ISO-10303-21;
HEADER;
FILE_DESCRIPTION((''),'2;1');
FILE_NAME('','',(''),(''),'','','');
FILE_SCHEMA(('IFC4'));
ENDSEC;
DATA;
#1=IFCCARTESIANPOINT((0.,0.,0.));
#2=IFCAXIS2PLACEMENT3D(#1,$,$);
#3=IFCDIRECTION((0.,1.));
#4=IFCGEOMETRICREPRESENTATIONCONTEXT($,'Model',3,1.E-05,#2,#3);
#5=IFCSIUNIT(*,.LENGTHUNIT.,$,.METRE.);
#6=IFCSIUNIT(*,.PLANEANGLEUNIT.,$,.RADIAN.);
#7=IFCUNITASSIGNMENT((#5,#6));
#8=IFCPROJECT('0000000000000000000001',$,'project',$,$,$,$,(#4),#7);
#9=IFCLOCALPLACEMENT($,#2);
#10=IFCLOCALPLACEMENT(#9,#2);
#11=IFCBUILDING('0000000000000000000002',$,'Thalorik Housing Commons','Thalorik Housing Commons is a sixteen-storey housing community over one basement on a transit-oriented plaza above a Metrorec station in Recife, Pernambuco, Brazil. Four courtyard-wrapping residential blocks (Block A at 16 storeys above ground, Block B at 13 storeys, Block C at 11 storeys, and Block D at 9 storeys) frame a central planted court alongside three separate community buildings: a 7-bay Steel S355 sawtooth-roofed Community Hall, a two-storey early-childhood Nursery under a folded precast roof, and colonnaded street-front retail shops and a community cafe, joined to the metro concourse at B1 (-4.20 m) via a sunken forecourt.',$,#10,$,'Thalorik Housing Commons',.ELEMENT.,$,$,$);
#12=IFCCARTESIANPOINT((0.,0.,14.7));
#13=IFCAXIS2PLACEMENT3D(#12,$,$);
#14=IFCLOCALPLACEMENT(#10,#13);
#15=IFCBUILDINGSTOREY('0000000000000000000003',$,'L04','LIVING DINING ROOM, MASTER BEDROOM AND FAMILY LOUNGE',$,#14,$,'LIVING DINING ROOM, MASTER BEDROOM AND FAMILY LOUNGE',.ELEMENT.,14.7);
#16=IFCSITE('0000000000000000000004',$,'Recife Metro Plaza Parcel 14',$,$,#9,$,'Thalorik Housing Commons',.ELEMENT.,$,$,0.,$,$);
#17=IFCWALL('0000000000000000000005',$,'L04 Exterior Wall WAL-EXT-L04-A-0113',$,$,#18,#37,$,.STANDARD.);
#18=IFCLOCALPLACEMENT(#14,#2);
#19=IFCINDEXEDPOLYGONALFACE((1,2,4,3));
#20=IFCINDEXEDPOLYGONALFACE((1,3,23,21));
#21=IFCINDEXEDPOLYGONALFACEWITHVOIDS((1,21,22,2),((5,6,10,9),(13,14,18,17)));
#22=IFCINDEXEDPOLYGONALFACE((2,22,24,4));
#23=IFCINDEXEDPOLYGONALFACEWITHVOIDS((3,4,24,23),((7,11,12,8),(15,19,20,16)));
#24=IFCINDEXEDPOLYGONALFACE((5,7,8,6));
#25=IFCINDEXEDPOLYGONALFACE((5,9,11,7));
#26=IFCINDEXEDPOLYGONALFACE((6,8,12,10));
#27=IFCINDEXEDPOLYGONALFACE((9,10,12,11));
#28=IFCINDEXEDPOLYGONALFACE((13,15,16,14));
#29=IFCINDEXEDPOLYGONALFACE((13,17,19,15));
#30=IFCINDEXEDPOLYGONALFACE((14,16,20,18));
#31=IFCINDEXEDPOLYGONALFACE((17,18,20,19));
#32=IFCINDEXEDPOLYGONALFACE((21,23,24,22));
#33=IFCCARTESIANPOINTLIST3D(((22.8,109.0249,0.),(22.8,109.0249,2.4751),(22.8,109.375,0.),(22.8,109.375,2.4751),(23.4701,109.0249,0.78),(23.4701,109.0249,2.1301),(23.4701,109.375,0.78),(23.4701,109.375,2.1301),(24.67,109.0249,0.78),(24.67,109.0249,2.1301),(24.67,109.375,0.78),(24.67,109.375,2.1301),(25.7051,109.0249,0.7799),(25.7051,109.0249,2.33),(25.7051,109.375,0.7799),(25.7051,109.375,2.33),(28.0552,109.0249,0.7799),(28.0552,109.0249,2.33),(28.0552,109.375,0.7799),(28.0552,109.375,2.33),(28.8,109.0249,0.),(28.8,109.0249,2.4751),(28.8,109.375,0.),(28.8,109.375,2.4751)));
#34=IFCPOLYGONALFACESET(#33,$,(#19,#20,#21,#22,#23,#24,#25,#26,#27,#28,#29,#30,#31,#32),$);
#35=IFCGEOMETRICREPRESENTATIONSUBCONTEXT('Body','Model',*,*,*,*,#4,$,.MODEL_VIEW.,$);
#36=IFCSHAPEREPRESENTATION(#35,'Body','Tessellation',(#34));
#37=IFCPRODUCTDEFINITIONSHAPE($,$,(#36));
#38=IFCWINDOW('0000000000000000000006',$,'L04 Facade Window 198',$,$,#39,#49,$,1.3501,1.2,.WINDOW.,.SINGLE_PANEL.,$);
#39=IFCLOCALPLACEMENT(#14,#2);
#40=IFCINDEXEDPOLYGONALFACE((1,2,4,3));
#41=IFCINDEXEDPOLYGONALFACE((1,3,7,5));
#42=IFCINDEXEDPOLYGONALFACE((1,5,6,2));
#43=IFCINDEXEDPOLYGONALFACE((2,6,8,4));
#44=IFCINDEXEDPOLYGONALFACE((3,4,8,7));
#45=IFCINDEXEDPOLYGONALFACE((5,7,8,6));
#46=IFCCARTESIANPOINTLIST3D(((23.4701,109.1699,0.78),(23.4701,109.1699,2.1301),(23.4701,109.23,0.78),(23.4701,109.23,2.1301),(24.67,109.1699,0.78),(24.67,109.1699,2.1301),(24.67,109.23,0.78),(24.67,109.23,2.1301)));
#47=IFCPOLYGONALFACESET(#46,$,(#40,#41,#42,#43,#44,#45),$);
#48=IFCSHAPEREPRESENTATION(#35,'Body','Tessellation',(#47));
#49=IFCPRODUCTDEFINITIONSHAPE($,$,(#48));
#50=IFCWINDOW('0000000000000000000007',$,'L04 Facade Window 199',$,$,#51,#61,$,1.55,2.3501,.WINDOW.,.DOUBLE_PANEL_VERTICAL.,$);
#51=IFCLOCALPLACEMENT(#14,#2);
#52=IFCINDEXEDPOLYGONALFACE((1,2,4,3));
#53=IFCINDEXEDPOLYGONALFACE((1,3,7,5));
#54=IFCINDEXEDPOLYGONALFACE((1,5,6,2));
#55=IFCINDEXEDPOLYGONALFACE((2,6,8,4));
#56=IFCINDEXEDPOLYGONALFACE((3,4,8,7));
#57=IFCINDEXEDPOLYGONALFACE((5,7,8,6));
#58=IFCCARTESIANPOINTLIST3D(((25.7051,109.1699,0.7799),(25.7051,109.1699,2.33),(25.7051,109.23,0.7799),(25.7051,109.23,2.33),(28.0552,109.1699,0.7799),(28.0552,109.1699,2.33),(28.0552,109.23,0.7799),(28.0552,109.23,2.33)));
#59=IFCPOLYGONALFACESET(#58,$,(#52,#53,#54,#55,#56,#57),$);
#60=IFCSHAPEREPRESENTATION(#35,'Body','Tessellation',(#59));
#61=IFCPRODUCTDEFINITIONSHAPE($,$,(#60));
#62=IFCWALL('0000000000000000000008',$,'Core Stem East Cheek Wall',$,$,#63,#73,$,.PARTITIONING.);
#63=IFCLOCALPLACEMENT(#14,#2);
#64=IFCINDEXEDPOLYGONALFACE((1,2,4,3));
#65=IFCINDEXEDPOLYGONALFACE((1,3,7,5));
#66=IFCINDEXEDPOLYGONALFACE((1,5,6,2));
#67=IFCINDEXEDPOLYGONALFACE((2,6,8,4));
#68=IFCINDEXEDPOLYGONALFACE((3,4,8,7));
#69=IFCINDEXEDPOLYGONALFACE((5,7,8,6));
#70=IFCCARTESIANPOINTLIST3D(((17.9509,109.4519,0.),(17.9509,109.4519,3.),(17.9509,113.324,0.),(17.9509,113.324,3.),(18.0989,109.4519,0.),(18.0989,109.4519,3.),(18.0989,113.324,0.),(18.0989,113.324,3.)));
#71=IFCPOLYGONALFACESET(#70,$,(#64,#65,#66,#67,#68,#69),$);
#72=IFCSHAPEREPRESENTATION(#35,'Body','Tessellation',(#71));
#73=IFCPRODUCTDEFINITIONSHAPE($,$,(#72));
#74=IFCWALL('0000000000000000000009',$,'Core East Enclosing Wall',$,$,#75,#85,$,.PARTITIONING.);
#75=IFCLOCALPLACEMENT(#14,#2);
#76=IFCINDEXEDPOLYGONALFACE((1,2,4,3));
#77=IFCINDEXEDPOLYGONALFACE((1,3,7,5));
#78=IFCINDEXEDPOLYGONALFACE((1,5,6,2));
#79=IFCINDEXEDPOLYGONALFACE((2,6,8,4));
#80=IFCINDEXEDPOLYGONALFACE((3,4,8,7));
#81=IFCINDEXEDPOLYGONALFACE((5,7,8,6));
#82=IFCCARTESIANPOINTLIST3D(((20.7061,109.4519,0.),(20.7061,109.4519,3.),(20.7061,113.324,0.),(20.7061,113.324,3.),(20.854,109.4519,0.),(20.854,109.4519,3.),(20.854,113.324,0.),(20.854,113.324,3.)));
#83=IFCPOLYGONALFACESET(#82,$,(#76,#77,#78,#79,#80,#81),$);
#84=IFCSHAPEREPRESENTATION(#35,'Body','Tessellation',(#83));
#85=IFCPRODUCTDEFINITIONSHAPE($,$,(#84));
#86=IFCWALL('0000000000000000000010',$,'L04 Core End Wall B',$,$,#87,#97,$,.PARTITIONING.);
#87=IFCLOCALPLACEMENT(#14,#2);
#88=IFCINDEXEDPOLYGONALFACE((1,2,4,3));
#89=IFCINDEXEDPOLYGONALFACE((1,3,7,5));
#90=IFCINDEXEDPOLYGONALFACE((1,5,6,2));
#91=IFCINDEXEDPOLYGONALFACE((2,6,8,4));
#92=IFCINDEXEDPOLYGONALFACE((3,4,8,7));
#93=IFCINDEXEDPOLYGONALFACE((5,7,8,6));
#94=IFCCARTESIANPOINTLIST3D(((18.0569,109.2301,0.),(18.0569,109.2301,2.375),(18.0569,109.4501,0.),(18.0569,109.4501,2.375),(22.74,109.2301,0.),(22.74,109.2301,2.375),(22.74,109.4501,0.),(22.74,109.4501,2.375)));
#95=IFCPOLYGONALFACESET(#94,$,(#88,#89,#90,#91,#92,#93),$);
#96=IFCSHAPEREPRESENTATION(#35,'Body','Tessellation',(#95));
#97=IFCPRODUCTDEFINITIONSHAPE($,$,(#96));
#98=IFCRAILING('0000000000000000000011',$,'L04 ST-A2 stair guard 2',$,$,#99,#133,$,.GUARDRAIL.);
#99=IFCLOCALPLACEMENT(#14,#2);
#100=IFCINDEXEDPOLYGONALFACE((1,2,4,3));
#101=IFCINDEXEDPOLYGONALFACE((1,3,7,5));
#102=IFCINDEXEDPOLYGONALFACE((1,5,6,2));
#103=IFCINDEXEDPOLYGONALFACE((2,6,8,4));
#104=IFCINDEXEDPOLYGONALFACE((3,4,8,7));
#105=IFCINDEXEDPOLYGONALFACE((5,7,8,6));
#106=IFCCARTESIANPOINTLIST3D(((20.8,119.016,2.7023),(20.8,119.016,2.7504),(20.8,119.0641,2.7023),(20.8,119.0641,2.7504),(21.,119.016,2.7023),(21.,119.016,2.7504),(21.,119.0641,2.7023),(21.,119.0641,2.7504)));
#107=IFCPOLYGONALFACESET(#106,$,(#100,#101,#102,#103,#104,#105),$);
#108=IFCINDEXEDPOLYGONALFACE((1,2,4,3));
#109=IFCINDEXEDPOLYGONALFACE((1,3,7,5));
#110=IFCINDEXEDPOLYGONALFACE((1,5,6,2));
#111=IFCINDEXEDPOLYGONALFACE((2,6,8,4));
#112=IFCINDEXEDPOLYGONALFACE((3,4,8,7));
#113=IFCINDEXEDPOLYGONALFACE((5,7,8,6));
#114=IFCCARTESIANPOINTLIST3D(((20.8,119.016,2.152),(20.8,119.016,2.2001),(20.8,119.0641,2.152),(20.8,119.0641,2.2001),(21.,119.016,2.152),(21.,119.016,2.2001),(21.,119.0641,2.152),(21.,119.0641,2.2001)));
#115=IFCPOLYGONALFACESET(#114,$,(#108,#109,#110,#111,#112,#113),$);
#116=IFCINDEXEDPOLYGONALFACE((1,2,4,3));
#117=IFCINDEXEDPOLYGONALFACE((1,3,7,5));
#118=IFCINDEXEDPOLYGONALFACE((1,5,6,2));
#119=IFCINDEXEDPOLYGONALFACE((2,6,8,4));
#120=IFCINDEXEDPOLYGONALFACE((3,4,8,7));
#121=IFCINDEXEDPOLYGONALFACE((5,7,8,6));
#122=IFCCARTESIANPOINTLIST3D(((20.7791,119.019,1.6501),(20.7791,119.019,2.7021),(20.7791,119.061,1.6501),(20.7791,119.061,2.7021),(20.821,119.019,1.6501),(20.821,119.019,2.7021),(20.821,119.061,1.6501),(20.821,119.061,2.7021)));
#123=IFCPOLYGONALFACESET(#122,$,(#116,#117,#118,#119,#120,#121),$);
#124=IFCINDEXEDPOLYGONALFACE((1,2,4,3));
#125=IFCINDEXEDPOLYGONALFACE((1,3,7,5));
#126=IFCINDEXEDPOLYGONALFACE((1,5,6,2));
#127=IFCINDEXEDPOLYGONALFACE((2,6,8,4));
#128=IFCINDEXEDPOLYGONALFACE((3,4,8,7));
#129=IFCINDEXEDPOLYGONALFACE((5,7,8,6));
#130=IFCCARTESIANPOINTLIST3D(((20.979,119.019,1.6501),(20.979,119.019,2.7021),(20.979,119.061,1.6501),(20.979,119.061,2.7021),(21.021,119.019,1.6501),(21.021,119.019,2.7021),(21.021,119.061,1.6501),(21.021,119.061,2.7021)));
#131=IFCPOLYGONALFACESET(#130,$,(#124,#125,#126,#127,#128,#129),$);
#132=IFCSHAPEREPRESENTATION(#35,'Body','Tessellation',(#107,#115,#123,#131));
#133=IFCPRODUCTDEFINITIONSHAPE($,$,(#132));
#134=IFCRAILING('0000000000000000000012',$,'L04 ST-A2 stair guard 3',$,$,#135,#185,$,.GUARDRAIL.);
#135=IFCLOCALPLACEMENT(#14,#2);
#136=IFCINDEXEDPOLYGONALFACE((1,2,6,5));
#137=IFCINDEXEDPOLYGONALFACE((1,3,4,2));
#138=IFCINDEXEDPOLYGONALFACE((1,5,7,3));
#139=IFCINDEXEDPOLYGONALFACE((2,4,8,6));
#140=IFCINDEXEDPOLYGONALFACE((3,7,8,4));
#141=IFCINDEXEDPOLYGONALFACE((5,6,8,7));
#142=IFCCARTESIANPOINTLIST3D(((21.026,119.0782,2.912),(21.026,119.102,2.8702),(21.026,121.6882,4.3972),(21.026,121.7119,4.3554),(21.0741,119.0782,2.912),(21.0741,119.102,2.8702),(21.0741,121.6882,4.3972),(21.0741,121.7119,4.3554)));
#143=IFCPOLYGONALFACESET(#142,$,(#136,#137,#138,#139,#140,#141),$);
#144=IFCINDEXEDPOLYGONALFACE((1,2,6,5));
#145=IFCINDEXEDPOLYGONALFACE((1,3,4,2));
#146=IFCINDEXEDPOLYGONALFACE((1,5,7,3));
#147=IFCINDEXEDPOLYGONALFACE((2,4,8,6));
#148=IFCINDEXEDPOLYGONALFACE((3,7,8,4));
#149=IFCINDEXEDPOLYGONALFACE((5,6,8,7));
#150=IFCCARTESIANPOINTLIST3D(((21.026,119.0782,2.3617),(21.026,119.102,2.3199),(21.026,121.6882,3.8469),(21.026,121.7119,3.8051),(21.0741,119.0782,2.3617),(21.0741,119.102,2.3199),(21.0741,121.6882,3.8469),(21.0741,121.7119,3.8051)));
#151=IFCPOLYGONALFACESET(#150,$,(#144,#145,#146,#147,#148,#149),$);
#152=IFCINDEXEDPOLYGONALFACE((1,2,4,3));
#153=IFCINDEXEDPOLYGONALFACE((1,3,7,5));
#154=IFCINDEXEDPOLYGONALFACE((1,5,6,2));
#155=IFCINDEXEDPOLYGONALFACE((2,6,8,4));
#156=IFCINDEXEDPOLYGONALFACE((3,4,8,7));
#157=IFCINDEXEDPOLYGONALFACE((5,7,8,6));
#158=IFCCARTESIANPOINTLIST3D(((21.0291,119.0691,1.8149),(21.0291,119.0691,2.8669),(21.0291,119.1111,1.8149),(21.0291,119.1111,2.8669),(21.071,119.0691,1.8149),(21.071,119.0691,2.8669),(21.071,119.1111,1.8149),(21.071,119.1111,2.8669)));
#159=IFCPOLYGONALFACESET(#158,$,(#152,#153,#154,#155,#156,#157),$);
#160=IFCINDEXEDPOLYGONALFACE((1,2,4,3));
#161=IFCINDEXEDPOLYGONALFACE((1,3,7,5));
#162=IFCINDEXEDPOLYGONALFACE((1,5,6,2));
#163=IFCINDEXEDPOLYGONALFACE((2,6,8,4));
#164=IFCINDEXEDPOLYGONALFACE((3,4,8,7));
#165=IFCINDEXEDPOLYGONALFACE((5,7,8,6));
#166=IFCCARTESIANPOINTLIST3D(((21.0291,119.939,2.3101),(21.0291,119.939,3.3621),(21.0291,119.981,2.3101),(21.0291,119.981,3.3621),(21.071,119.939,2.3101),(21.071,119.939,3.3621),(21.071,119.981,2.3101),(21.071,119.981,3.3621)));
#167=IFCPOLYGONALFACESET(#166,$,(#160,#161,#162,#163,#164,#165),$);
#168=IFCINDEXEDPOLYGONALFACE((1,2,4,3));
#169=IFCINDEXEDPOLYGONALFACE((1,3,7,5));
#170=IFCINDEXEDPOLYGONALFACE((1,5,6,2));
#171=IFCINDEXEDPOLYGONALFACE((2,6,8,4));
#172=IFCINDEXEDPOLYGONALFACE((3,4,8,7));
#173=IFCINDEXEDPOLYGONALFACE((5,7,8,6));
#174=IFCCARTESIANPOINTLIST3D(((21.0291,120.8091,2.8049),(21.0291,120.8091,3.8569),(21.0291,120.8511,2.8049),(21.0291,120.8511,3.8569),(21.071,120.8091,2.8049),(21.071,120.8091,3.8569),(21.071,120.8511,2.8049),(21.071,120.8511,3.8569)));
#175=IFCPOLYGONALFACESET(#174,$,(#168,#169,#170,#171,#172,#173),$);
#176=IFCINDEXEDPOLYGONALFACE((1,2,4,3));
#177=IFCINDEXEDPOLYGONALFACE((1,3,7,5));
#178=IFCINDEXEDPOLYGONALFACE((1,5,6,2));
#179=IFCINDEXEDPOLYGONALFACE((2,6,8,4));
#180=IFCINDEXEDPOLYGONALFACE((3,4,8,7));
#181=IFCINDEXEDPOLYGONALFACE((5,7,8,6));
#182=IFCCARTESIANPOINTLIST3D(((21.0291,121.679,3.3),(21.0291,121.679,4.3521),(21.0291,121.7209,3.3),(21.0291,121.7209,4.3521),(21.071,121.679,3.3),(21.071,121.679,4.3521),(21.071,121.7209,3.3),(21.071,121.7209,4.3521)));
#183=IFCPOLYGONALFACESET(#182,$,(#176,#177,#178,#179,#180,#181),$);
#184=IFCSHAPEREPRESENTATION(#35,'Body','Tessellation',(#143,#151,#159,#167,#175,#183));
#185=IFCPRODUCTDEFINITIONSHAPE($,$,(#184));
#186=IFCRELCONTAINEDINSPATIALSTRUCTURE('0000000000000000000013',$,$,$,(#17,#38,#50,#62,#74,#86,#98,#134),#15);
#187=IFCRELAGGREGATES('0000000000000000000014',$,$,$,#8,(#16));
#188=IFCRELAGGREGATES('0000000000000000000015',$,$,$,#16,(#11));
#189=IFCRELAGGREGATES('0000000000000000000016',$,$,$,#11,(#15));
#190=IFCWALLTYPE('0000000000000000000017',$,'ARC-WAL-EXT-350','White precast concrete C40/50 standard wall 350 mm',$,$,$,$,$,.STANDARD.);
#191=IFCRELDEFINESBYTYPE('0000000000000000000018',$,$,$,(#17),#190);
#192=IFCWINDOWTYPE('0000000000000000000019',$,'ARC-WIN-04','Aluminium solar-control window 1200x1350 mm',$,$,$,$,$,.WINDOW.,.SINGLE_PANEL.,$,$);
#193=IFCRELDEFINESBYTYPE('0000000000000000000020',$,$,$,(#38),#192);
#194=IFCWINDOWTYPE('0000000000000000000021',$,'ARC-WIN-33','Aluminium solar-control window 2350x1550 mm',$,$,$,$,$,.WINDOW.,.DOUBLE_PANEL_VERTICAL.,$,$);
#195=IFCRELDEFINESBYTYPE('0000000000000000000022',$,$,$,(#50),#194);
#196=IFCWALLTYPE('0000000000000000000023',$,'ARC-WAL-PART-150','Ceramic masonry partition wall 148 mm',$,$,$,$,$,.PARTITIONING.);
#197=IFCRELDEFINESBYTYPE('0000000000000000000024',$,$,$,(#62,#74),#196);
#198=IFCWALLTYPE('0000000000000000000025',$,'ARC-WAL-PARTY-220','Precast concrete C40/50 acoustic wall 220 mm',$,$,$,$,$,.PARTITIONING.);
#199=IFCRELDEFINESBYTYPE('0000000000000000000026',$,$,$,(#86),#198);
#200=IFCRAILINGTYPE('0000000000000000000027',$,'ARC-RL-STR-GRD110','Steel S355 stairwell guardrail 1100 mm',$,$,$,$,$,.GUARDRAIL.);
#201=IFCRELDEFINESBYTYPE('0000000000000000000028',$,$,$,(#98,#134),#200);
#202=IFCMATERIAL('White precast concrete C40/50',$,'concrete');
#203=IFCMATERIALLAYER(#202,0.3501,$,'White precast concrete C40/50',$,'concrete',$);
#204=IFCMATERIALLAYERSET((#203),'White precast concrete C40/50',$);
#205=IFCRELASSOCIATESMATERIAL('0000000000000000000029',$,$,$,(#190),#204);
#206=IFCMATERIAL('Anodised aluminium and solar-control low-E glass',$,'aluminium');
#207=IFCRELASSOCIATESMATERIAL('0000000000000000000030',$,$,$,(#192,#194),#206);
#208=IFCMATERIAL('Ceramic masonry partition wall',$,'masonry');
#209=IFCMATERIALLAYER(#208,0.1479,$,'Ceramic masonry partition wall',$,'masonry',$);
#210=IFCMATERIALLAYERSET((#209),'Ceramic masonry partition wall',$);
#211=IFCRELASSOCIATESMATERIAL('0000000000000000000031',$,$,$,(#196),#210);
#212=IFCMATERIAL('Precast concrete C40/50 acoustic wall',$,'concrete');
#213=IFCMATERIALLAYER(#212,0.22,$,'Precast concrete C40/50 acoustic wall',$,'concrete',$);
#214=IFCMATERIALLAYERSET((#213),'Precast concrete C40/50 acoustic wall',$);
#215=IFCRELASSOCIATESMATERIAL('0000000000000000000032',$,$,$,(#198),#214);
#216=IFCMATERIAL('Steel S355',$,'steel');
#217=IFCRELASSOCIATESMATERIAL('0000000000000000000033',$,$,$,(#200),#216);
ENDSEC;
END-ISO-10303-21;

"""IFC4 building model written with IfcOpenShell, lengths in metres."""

from ifc_helpers import new_model, si_unit, direction, frame, frame_2d, origin, origin_2d, place, context, subcontext, project, spatial, rectangle, extrude, material, layer, layer_set, type_object, element, fill, save


model = new_model("IFC4")

# Units and contexts
model_context = context("Model", 3, precision=1e-05, world=origin(), true_north=direction((0.0, 1.0)))
body_context = subcontext(model_context, "Body", "Model", "MODEL_VIEW")
ifc_project = project(units=[si_unit("LENGTHUNIT", "METRE"), si_unit("PLANEANGLEUNIT", "RADIAN")], contexts=[model_context])

# Site, building, storey
site_placement = place(None, origin())
site = spatial("IfcSite", under=ifc_project, at=site_placement, Name="Recife Metro Plaza Parcel 14", LongName="Thalorik Housing Commons", CompositionType="ELEMENT", RefElevation=0.0)
building_placement = place(site_placement, origin())
building = spatial("IfcBuilding", under=site, at=building_placement, Name="Thalorik Housing Commons", Description="Thalorik Housing Commons is a sixteen-storey housing community over one basement on a transit-oriented plaza above a Metrorec station in Recife, Pernambuco, Brazil. Four courtyard-wrapping residential blocks (Block A at 16 storeys above ground, Block B at 13 storeys, Block C at 11 storeys, and Block D at 9 storeys) frame a central planted court alongside three separate community buildings: a 7-bay Steel S355 sawtooth-roofed Community Hall, a two-storey early-childhood Nursery under a folded precast roof, and colonnaded street-front retail shops and a community cafe, joined to the metro concourse at B1 (-4.20 m) via a sunken forecourt.", LongName="Thalorik Housing Commons", CompositionType="ELEMENT")
storey_placement = place(building_placement, frame((0.0, 0.0, 14.7)))
storey = spatial("IfcBuildingStorey", under=building, at=storey_placement, Name="L04", Description="LIVING DINING ROOM, MASTER BEDROOM AND FAMILY LOUNGE", LongName="LIVING DINING ROOM, MASTER BEDROOM AND FAMILY LOUNGE", CompositionType="ELEMENT", Elevation=14.7)

# Wall, openings, windows
ifc_material_1 = material(Name="White precast concrete C40/50", Category="concrete")
ifc_layer_1 = layer(ifc_material_1, 0.3501, Name="White precast concrete C40/50", Category="concrete")
ifc_layer_set_1 = layer_set([ifc_layer_1], Name="White precast concrete C40/50")
wall_type_1 = type_object("IfcWallType", Name="ARC-WAL-EXT-350", Description="White precast concrete C40/50 standard wall 350 mm", PredefinedType="STANDARD", material=ifc_layer_set_1)
wall_1_placement = place(storey_placement, frame((22.8, 109.2, 0.0), z_axis=(0.0, 0.0, 1.0), x_axis=(1.0, 0.0, 0.0)))
wall_1 = element("IfcWall", 1, at=wall_1_placement, inside=storey, type_object=wall_type_1, Name="L04 Exterior Wall WAL-EXT-L04-A-0113", PredefinedType="STANDARD", context=body_context, shape_type="SweptSolid", body=[
    extrude(rectangle(XDim=6.0, YDim=0.3501, at=frame_2d((3.0, 0.0))), origin(), (0.0, 0.0, 1.0), 2.4751),
])
opening_1_placement = place(wall_1_placement, frame((0.6699, 0.0, 0.78)))
opening_1 = element("IfcOpeningElement", 2, at=opening_1_placement, cuts=wall_1, PredefinedType="OPENING", context=body_context, shape_type="SweptSolid", body=[
    extrude(rectangle(XDim=1.2, YDim=1.3501, at=frame_2d((0.6001, 0.675))), frame((0.0, 0.1851, 0.0), z_axis=(0.0, -1.0, 0.0), x_axis=(1.0, 0.0, 0.0)), (0.0, 0.0, 1.0), 0.3701),
])
opening_2_placement = place(wall_1_placement, frame((2.905, 0.0, 0.78)))
opening_2 = element("IfcOpeningElement", 3, at=opening_2_placement, cuts=wall_1, PredefinedType="OPENING", context=body_context, shape_type="SweptSolid", body=[
    extrude(rectangle(XDim=2.3501, YDim=1.55, at=frame_2d((1.175, 0.7749))), frame((0.0, 0.1851, 0.0), z_axis=(0.0, -1.0, 0.0), x_axis=(1.0, 0.0, 0.0)), (0.0, 0.0, 1.0), 0.3701),
])
ifc_material_2 = material(Name="Anodised aluminium and solar-control low-E glass", Category="aluminium")
window_type_1 = type_object("IfcWindowType", Name="ARC-WIN-04", Description="Aluminium solar-control window 1200x1350 mm", PartitioningType="SINGLE_PANEL", PredefinedType="WINDOW", material=ifc_material_2)
window_1_placement = place(opening_1_placement, origin())
window_1 = element("IfcWindow", 4, at=window_1_placement, inside=storey, type_object=window_type_1, Name="L04 Facade Window 198", OverallHeight=1.3501, OverallWidth=1.2, PartitioningType="SINGLE_PANEL", PredefinedType="WINDOW", context=body_context, shape_type="SweptSolid", body=[
    extrude(rectangle(XDim=1.2, YDim=1.3501, at=frame_2d((0.6001, 0.675))), frame((0.0, 0.03, 0.0), z_axis=(0.0, -1.0, 0.0), x_axis=(1.0, 0.0, 0.0)), (0.0, 0.0, 1.0), 0.0601),
])
fill(opening_1, window_1)
window_type_2 = type_object("IfcWindowType", Name="ARC-WIN-33", Description="Aluminium solar-control window 2350x1550 mm", PartitioningType="DOUBLE_PANEL_VERTICAL", PredefinedType="WINDOW", material=ifc_material_2)
window_2_placement = place(opening_2_placement, origin())
window_2 = element("IfcWindow", 5, at=window_2_placement, inside=storey, type_object=window_type_2, Name="L04 Facade Window 199", OverallHeight=1.55, OverallWidth=2.3501, PartitioningType="DOUBLE_PANEL_VERTICAL", PredefinedType="WINDOW", context=body_context, shape_type="SweptSolid", body=[
    extrude(rectangle(XDim=2.3501, YDim=1.55, at=frame_2d((1.175, 0.7749))), frame((0.0, 0.03, 0.0), z_axis=(0.0, -1.0, 0.0), x_axis=(1.0, 0.0, 0.0)), (0.0, 0.0, 1.0), 0.0601),
])
fill(opening_2, window_2)

# Walls
ifc_material_3 = material(Name="Ceramic masonry partition wall", Category="masonry")
ifc_layer_2 = layer(ifc_material_3, 0.1479, Name="Ceramic masonry partition wall", Category="masonry")
ifc_layer_set_2 = layer_set([ifc_layer_2], Name="Ceramic masonry partition wall")
wall_type_2 = type_object("IfcWallType", Name="ARC-WAL-PART-150", Description="Ceramic masonry partition wall 148 mm", PredefinedType="PARTITIONING", material=ifc_layer_set_2)
for number, where, z_axis, x_axis, name in (
    (6, (18.0249, 113.324, 0.0), (0.0, 0.0, 1.0), (0.0, -1.0, 0.0), "Core Stem East Cheek Wall"),
    (7, (20.78, 113.324, 0.0), (0.0, 0.0, 1.0), (0.0, -1.0, 0.0), "Core East Enclosing Wall"),
):
    element("IfcWall", number, at=place(storey_placement, frame(where, z_axis=z_axis, x_axis=x_axis)), inside=storey, type_object=wall_type_2, Name=name, PredefinedType="PARTITIONING", context=body_context, shape_type="SweptSolid", body=[
        extrude(rectangle(XDim=3.8721, YDim=0.1479, at=frame_2d((1.936, 0.0))), origin(), (0.0, 0.0, 1.0), 3.0),
    ])

# Shared definitions
ifc_material_4 = material(Name="Steel S355", Category="steel")

# Wall
ifc_material_5 = material(Name="Precast concrete C40/50 acoustic wall", Category="concrete")
ifc_layer_3 = layer(ifc_material_5, 0.22, Name="Precast concrete C40/50 acoustic wall", Category="concrete")
ifc_layer_set_3 = layer_set([ifc_layer_3], Name="Precast concrete C40/50 acoustic wall")
wall_type_3 = type_object("IfcWallType", Name="ARC-WAL-PARTY-220", Description="Precast concrete C40/50 acoustic wall 220 mm", PredefinedType="PARTITIONING", material=ifc_layer_set_3)
wall_2_placement = place(storey_placement, frame((18.0569, 109.3401, 0.0), z_axis=(0.0, 0.0, 1.0), x_axis=(1.0, 0.0, 0.0)))
element("IfcWall", 8, at=wall_2_placement, inside=storey, type_object=wall_type_3, Name="L04 Core End Wall B", PredefinedType="PARTITIONING", context=body_context, shape_type="SweptSolid", body=[
    extrude(rectangle(XDim=4.6831, YDim=0.22, at=frame_2d((2.3416, 0.0))), origin(), (0.0, 0.0, 1.0), 2.375),
])

# Railings
railing_type = type_object("IfcRailingType", Name="ARC-RL-STR-GRD110", Description="Steel S355 stairwell guardrail 1100 mm", PredefinedType="GUARDRAIL", material=ifc_material_4)
railing_1_placement = place(storey_placement, frame((20.8, 119.04, 1.6501)))
element("IfcRailing", 9, at=railing_1_placement, inside=storey, type_object=railing_type, Name="L04 ST-A2 stair guard 2", PredefinedType="GUARDRAIL", context=body_context, shape_type="SweptSolid", body=[
    extrude(rectangle(XDim=0.0481, YDim=0.0481, at=origin_2d()), frame((0.0, 0.0, 1.0762), z_axis=(1.0, 0.0, 0.0), x_axis=(0.0, 1.0, 0.0)), (0.0, 0.0, 1.0), 0.2),
    extrude(rectangle(XDim=0.0481, YDim=0.0481, at=origin_2d()), frame((0.0, 0.0, 0.5259), z_axis=(1.0, 0.0, 0.0), x_axis=(0.0, 1.0, 0.0)), (0.0, 0.0, 1.0), 0.2),
    extrude(rectangle(XDim=0.042, YDim=0.042, at=origin_2d()), origin(), (0.0, 0.0, 1.0), 1.052),
    extrude(rectangle(XDim=0.042, YDim=0.042, at=origin_2d()), frame((0.2, 0.0, 0.0)), (0.0, 0.0, 1.0), 1.052),
])
railing_2_placement = place(storey_placement, frame((21.05, 119.0901, 1.8149)))
element("IfcRailing", 10, at=railing_2_placement, inside=storey, type_object=railing_type, Name="L04 ST-A2 stair guard 3", PredefinedType="GUARDRAIL", context=body_context, shape_type="SweptSolid", body=[
    extrude(rectangle(XDim=0.0481, YDim=0.0481, at=origin_2d()), frame((0.0, 0.0, 1.0762), z_axis=(0.0, 0.869137, 0.494571), x_axis=(-1.0, 0.0, 0.0)), (0.0, 0.0, 1.0), 3.0029),
    extrude(rectangle(XDim=0.0481, YDim=0.0481, at=origin_2d()), frame((0.0, 0.0, 0.5259), z_axis=(0.0, 0.869137, 0.494571), x_axis=(-1.0, 0.0, 0.0)), (0.0, 0.0, 1.0), 3.0029),
    extrude(rectangle(XDim=0.042, YDim=0.042, at=origin_2d()), origin(), (0.0, 0.0, 1.0), 1.052),
    extrude(rectangle(XDim=0.042, YDim=0.042, at=origin_2d()), frame((0.0, 0.8699, 0.4951)), (0.0, 0.0, 1.0), 1.052),
    extrude(rectangle(XDim=0.042, YDim=0.042, at=origin_2d()), frame((0.0, 1.74, 0.99)), (0.0, 0.0, 1.0), 1.052),
    extrude(rectangle(XDim=0.042, YDim=0.042, at=origin_2d()), frame((0.0, 2.6099, 1.4851)), (0.0, 0.0, 1.0), 1.052),
])

save(model, "model.ifc")
